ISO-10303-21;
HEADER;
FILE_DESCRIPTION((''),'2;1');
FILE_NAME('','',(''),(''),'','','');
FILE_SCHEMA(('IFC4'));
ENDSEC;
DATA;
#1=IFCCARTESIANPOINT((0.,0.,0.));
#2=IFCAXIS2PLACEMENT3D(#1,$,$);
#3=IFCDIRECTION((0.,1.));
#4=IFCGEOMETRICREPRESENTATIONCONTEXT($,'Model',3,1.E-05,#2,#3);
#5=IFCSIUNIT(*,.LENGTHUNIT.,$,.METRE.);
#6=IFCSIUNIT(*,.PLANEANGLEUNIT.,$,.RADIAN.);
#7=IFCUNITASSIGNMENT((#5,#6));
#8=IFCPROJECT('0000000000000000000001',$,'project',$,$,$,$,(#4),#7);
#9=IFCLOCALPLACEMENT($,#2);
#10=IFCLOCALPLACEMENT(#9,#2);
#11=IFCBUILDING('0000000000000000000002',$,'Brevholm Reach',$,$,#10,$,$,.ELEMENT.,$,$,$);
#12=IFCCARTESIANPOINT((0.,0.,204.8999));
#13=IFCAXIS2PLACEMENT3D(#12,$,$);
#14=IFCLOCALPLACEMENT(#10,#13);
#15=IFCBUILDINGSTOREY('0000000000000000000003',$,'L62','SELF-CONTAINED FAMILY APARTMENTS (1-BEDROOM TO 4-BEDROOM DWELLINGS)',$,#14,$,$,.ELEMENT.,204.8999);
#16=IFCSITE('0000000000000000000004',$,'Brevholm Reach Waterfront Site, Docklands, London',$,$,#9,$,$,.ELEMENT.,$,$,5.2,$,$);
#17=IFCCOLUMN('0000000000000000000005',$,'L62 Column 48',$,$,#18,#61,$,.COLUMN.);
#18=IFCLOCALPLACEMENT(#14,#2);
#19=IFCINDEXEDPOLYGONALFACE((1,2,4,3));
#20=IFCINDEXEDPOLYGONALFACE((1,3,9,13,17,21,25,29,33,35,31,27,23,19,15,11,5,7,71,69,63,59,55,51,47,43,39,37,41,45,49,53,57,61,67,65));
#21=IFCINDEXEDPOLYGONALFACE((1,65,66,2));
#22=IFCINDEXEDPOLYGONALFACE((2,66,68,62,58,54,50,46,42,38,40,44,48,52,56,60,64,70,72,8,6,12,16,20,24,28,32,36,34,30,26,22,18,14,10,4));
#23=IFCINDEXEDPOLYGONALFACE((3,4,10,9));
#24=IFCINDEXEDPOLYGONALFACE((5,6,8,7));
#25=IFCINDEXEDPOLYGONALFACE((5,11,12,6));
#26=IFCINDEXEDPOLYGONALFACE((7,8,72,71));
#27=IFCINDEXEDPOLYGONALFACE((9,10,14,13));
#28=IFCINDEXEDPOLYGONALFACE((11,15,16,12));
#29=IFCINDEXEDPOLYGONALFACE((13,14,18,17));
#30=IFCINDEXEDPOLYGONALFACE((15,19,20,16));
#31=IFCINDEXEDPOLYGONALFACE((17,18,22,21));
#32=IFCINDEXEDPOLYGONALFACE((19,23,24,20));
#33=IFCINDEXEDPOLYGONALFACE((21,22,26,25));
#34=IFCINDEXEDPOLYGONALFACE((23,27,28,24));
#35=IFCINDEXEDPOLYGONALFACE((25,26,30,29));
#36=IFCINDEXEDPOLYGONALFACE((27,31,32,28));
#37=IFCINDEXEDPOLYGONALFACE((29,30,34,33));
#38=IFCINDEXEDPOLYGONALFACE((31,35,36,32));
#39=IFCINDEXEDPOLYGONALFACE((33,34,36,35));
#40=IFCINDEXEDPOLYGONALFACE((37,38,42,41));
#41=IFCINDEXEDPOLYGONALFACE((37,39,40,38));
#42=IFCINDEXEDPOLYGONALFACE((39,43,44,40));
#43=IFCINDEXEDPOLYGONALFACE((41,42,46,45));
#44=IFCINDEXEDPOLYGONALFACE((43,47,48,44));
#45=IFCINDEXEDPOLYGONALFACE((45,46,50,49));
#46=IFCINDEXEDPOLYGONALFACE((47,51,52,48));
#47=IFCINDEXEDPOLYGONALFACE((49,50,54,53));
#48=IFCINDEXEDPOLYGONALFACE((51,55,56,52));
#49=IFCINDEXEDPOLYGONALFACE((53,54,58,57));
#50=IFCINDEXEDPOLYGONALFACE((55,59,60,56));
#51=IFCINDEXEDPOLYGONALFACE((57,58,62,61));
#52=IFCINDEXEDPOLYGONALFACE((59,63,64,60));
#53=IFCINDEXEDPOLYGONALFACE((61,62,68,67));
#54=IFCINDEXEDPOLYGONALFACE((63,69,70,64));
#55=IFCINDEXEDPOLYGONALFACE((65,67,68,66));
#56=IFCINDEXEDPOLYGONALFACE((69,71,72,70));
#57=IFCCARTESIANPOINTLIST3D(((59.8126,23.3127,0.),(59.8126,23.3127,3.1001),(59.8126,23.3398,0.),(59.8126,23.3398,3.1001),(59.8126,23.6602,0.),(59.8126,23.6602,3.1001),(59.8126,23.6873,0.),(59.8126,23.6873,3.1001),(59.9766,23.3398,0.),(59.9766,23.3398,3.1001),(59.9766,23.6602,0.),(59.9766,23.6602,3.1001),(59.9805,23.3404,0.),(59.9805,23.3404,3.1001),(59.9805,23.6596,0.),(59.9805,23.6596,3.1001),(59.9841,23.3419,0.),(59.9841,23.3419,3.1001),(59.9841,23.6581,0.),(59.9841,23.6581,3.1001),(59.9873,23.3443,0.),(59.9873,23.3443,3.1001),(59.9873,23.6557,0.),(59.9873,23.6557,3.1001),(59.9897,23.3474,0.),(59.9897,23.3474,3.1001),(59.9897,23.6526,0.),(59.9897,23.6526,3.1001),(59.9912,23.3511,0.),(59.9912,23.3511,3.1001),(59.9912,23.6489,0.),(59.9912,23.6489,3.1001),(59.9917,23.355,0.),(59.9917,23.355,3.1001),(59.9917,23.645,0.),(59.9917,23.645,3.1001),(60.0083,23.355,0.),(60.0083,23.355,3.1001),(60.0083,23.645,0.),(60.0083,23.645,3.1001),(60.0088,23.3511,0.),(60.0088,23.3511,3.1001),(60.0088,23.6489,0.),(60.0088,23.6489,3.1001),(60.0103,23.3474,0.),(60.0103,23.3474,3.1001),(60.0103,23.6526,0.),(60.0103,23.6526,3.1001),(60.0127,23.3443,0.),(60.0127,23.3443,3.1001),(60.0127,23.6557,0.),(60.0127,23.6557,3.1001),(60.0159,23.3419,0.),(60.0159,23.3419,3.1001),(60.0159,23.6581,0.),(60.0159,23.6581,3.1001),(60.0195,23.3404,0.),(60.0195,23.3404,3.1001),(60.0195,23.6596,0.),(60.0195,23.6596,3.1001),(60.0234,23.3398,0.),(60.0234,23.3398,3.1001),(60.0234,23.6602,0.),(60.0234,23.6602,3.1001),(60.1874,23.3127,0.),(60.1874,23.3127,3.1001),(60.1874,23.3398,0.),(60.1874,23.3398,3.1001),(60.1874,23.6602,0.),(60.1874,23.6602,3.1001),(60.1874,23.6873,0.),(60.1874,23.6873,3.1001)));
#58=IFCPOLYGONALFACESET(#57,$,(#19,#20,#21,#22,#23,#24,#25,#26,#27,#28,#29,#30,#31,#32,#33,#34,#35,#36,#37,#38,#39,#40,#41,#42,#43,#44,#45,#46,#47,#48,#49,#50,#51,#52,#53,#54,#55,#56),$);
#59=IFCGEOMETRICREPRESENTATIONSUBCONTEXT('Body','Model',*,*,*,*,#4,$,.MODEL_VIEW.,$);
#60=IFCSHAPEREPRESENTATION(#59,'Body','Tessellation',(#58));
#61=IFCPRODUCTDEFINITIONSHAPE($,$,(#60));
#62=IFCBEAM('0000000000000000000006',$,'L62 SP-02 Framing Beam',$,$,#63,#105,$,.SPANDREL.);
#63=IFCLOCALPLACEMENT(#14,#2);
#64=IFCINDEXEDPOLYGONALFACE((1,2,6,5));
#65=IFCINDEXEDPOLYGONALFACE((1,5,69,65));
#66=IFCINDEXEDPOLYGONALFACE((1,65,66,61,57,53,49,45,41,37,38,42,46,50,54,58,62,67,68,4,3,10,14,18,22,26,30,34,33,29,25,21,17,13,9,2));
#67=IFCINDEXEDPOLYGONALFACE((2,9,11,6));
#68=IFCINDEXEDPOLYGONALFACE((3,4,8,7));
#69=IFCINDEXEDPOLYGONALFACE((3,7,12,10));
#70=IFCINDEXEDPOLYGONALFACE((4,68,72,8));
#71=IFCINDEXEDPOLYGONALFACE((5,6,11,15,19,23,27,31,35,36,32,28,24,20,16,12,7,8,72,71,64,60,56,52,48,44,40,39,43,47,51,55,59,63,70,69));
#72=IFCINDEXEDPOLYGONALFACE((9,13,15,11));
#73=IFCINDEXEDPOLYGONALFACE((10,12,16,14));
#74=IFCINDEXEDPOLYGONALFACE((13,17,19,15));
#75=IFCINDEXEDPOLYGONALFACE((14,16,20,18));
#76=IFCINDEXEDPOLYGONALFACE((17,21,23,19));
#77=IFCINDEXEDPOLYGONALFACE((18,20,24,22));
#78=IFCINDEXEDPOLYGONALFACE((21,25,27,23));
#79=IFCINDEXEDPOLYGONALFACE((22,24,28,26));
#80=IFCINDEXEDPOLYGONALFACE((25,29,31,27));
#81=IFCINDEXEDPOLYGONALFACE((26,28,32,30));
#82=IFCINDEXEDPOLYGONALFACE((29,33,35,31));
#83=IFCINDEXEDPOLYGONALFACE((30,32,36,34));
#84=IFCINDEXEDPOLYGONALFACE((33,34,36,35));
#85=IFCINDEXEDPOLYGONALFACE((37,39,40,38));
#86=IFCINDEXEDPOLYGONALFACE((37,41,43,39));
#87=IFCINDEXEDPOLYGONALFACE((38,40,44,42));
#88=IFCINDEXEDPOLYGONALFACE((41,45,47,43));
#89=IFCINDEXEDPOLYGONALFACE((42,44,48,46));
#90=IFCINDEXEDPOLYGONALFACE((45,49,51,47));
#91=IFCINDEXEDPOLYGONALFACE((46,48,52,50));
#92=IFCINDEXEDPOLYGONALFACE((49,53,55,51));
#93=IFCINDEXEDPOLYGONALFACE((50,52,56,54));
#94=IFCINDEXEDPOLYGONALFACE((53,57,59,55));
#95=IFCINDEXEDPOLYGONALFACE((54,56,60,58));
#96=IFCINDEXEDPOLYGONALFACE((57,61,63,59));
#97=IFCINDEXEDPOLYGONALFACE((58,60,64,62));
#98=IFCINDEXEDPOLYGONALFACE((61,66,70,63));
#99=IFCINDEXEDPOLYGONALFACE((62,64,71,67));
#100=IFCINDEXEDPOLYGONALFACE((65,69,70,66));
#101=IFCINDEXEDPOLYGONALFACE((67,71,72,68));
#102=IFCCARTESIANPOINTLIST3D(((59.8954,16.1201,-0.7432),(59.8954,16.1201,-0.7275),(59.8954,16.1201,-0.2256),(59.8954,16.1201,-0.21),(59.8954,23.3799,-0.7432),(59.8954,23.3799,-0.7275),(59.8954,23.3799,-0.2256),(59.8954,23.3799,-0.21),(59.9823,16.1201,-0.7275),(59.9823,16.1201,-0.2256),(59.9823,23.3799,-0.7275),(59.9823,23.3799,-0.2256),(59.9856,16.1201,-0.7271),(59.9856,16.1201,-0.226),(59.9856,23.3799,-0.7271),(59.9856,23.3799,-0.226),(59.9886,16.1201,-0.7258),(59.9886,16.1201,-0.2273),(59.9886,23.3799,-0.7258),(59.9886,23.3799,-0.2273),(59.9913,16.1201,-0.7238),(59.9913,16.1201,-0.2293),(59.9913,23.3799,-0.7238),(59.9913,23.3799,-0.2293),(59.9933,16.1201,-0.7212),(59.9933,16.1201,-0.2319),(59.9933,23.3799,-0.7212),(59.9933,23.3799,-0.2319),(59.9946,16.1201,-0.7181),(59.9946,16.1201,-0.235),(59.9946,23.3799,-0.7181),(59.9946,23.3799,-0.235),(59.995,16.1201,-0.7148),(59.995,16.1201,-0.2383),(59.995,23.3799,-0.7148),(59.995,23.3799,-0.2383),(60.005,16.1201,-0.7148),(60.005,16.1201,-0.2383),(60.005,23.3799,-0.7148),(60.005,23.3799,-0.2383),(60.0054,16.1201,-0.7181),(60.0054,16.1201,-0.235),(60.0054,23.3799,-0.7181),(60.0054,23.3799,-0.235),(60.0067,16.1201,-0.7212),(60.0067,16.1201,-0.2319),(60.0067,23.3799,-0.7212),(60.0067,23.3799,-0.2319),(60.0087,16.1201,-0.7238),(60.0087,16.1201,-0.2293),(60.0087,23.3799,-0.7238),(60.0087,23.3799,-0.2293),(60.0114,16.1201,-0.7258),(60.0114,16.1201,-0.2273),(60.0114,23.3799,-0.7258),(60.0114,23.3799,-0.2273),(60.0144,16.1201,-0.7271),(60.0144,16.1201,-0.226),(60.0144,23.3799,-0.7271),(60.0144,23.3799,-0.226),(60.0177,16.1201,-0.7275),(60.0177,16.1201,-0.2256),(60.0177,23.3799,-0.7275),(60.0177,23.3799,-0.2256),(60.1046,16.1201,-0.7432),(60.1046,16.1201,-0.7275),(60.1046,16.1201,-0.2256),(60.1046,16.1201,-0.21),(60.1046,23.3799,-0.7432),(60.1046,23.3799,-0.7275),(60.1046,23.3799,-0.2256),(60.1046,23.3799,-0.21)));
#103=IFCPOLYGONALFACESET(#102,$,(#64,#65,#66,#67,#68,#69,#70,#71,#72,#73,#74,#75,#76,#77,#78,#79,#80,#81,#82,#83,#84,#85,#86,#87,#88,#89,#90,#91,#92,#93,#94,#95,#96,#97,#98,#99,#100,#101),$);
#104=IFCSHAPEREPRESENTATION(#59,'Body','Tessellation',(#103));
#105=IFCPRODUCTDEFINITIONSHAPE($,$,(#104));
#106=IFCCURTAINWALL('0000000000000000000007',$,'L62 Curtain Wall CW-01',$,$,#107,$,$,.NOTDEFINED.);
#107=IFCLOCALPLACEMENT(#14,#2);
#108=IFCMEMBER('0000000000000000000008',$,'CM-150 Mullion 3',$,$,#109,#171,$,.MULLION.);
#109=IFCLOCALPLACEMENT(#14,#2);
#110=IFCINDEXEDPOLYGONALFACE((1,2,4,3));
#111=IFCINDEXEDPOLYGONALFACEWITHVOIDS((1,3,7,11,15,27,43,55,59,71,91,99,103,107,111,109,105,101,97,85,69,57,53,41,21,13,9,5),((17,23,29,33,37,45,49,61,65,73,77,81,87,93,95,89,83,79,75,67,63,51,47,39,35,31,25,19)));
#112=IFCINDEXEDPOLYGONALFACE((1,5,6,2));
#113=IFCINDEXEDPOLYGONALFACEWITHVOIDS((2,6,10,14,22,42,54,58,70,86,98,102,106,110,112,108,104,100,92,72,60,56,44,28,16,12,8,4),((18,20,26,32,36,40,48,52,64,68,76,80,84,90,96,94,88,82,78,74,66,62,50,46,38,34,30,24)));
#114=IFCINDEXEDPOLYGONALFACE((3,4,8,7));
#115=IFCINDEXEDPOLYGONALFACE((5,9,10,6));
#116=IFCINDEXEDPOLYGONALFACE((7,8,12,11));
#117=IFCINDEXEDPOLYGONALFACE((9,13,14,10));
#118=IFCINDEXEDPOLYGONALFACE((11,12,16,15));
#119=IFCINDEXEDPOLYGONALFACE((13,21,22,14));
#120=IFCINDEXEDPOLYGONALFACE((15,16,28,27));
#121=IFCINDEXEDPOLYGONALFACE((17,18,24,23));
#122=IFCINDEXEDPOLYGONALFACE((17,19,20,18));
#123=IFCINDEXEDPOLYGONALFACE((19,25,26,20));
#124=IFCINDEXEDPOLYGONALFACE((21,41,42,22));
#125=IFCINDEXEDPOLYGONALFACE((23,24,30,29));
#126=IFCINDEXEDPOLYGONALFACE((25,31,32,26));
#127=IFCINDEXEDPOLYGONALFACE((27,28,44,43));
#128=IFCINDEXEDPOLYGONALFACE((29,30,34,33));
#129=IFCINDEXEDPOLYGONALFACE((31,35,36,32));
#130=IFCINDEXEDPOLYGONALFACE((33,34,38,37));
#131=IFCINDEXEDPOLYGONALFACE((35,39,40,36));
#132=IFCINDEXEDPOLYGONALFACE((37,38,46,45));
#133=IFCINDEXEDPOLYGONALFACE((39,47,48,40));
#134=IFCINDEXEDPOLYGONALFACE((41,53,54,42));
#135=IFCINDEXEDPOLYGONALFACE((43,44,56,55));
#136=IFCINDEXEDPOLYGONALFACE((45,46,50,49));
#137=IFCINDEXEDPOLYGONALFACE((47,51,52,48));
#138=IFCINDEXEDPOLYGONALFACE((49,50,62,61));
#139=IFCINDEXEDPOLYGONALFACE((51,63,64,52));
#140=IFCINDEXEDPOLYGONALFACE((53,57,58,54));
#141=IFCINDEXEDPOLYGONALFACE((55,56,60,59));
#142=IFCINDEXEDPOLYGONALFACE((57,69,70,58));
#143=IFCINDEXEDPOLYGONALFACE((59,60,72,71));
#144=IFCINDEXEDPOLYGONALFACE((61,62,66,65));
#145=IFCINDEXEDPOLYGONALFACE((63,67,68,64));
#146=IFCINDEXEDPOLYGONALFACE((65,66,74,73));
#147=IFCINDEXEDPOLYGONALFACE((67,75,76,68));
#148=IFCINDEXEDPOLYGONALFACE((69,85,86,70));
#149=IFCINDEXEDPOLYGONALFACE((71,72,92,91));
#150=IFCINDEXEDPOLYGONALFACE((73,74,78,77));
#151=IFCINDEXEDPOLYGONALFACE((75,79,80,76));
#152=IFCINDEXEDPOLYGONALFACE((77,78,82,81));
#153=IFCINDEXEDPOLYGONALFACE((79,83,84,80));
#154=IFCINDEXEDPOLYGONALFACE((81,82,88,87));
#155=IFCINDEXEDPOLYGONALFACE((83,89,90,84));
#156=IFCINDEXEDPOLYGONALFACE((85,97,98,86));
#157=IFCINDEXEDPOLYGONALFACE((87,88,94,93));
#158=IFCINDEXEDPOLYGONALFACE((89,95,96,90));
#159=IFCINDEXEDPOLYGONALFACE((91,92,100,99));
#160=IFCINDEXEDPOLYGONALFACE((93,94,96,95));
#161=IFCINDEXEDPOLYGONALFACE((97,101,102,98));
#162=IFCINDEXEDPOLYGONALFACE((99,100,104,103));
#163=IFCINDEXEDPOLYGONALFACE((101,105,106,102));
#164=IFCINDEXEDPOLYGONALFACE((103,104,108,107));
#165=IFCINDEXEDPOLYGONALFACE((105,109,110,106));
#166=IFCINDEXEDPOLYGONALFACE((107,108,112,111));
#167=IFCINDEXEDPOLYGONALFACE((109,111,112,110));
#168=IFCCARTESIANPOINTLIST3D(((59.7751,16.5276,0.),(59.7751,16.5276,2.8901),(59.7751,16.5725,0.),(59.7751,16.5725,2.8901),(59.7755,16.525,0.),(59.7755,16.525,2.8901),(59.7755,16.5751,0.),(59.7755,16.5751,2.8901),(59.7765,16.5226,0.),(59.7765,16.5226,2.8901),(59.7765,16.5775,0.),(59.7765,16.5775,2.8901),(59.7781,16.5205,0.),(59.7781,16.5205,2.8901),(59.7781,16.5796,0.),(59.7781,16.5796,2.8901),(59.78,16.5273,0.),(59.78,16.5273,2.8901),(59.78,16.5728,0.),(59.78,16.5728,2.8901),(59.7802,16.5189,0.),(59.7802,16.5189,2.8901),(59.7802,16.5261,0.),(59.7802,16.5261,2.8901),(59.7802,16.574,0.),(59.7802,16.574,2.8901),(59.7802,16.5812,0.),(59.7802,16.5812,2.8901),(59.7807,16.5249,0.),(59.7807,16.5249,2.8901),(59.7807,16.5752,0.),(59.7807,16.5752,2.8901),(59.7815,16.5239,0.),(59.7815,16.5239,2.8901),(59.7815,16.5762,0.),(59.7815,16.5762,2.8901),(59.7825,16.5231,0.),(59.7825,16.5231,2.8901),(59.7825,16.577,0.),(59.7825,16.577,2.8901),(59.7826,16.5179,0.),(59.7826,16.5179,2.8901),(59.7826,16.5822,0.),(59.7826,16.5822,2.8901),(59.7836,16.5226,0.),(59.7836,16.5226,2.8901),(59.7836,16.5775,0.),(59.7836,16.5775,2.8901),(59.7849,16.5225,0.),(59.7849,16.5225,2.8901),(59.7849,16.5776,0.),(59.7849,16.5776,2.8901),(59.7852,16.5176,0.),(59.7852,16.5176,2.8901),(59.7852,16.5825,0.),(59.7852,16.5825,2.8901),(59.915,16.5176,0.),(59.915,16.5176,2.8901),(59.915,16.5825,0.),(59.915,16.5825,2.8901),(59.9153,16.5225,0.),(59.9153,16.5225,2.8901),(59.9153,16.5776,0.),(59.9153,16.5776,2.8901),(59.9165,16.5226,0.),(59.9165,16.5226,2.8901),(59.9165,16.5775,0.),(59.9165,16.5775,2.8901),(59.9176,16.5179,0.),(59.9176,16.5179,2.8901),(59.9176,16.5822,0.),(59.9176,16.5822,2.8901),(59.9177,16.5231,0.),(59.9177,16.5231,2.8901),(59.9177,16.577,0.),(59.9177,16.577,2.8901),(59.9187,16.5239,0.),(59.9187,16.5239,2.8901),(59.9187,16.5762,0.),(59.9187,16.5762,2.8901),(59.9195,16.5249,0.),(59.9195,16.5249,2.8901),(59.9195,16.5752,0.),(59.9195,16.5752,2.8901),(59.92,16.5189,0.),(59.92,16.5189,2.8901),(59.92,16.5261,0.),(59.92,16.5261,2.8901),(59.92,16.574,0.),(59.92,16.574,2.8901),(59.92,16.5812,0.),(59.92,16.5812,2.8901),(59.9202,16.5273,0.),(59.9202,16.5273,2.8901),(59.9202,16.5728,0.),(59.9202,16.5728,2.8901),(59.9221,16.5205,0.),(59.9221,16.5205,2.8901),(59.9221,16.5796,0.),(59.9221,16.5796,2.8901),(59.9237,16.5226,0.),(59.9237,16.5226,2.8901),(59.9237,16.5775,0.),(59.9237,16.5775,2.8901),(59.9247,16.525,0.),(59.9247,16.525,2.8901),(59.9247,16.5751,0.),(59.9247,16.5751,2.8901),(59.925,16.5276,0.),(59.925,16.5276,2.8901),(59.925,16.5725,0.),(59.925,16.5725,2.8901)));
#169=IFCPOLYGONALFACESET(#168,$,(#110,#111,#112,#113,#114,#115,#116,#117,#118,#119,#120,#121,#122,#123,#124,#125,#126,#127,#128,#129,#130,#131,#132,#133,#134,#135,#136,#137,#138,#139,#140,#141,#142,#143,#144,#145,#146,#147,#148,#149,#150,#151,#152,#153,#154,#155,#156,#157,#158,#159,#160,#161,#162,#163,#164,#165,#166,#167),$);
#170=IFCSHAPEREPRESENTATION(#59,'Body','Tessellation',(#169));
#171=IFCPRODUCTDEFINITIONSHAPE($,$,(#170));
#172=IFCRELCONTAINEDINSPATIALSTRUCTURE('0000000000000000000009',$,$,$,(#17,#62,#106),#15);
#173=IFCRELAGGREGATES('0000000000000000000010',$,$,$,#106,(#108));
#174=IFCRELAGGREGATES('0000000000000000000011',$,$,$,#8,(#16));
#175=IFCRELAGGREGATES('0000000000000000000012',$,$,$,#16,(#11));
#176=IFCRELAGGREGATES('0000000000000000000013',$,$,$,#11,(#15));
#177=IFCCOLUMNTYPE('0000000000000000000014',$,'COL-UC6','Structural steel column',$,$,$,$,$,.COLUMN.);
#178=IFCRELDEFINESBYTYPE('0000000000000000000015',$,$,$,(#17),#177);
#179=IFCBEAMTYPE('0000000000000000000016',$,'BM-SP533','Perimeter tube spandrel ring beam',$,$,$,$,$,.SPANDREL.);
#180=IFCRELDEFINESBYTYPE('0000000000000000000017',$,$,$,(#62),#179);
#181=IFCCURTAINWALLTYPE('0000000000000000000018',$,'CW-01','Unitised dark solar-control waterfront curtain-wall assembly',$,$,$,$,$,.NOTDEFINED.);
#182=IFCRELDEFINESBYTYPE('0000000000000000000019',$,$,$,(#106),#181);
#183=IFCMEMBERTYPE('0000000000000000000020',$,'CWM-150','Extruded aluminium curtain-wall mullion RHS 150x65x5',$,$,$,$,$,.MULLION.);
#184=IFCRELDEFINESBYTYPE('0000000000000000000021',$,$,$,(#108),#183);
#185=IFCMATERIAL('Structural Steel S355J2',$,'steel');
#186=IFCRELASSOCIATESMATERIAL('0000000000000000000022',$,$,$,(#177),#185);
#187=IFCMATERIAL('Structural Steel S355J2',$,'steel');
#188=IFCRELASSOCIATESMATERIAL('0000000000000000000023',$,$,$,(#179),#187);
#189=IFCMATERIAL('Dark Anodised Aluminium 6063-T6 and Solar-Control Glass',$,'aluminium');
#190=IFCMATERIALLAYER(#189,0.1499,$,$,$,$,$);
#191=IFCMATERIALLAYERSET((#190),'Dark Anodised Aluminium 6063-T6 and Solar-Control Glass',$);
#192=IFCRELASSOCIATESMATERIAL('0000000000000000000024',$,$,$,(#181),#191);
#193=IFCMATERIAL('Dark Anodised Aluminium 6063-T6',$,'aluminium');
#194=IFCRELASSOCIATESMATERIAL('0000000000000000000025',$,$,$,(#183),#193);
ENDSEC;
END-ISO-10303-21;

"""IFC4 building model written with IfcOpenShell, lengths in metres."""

from ifc_helpers import new_model, si_unit, direction, frame, origin, origin_2d, place, context, subcontext, project, spatial, hollow_rectangle, i_section, extrude, material, layer, layer_set, material_profile, profile_set, type_object, element, aggregate, save


model = new_model("IFC4")

# Units and contexts
model_context = context("Model", 3, precision=1e-05, world=origin(), true_north=direction((0.0, 1.0)))
body_context = subcontext(model_context, "Body", "Model", "MODEL_VIEW")
ifc_project = project(units=[si_unit("LENGTHUNIT", "METRE"), si_unit("PLANEANGLEUNIT", "RADIAN")], contexts=[model_context])

# Site, building, storey
site_placement = place(None, origin())
site = spatial("IfcSite", under=ifc_project, at=site_placement, Name="Brevholm Reach Waterfront Site, Docklands, London", CompositionType="ELEMENT", RefElevation=5.2)
building_placement = place(site_placement, origin())
building = spatial("IfcBuilding", under=site, at=building_placement, Name="Brevholm Reach", CompositionType="ELEMENT")
storey_placement = place(building_placement, frame((0.0, 0.0, 204.8999)))
storey = spatial("IfcBuildingStorey", under=building, at=storey_placement, Name="L62", Description="SELF-CONTAINED FAMILY APARTMENTS (1-BEDROOM TO 4-BEDROOM DWELLINGS)", CompositionType="ELEMENT", Elevation=204.8999)

# Column
ifc_material_1 = material(Name="Structural Steel S355J2", Category="steel")
ifc_material_profile_1 = material_profile(ifc_material_1, i_section(OverallWidth=0.3748, OverallDepth=0.3745, WebThickness=0.0166, FlangeThickness=0.0271, FilletRadius=0.0151, at=origin_2d()), Name="UKC 356x368x202")
ifc_profile_set_1 = profile_set([ifc_material_profile_1], Name="Structural Steel S355J2")
column_type = type_object("IfcColumnType", Name="COL-UC6", Description="Structural steel column", PredefinedType="COLUMN", material=ifc_profile_set_1)
column_placement = place(storey_placement, frame((60.0, 23.5, 0.0), z_axis=(0.0, 0.0, 1.0), x_axis=(1.0, 0.0, 0.0)))
element("IfcColumn", 1, at=column_placement, inside=storey, type_object=column_type, Name="L62 Column 48", PredefinedType="COLUMN", context=body_context, shape_type="SweptSolid", body=[
    extrude(i_section(OverallWidth=0.3748, OverallDepth=0.3745, WebThickness=0.0166, FlangeThickness=0.0271, FilletRadius=0.0151, at=origin_2d()), origin(), (0.0, 0.0, 1.0), 3.1001),
])

# Beam
ifc_material_2 = material(Name="Structural Steel S355J2", Category="steel")
ifc_material_profile_2 = material_profile(ifc_material_2, i_section(OverallWidth=0.2092, OverallDepth=0.5332, WebThickness=0.01, FlangeThickness=0.0156, FilletRadius=0.0127, at=origin_2d()), Name="UKB 533x210x92")
ifc_profile_set_2 = profile_set([ifc_material_profile_2], Name="Structural Steel S355J2")
beam_type = type_object("IfcBeamType", Name="BM-SP533", Description="Perimeter tube spandrel ring beam", PredefinedType="SPANDREL", material=ifc_profile_set_2)
beam_placement = place(storey_placement, frame((60.0, 16.1201, -0.4766), z_axis=(0.0, 1.0, 0.0), x_axis=(-1.0, 0.0, 0.0)))
element("IfcBeam", 2, at=beam_placement, inside=storey, type_object=beam_type, Name="L62 SP-02 Framing Beam", PredefinedType="SPANDREL", context=body_context, shape_type="SweptSolid", body=[
    extrude(i_section(OverallWidth=0.2092, OverallDepth=0.5332, WebThickness=0.01, FlangeThickness=0.0156, FilletRadius=0.0127, at=origin_2d()), origin(), (0.0, 0.0, 1.0), 7.2598),
])

# Curtain wall, member
ifc_material_3 = material(Name="Dark Anodised Aluminium 6063-T6 and Solar-Control Glass", Category="aluminium")
ifc_layer_1 = layer(ifc_material_3, 0.1499)
ifc_layer_set_1 = layer_set([ifc_layer_1], Name="Dark Anodised Aluminium 6063-T6 and Solar-Control Glass")
curtain_wall_type = type_object("IfcCurtainWallType", Name="CW-01", Description="Unitised dark solar-control waterfront curtain-wall assembly", PredefinedType="NOTDEFINED", material=ifc_layer_set_1)
curtain_wall_placement = place(storey_placement, origin())
curtain_wall = element("IfcCurtainWall", 3, at=curtain_wall_placement, inside=storey, type_object=curtain_wall_type, Name="L62 Curtain Wall CW-01", PredefinedType="NOTDEFINED")
ifc_material_4 = material(Name="Dark Anodised Aluminium 6063-T6", Category="aluminium")
ifc_material_profile_3 = material_profile(ifc_material_4, hollow_rectangle(XDim=0.0649, YDim=0.1499, WallThickness=0.0049, InnerFilletRadius=0.0049, OuterFilletRadius=0.01, at=origin_2d()), Name="RHS 150x65x5")
ifc_profile_set_3 = profile_set([ifc_material_profile_3], Name="Dark Anodised Aluminium 6063-T6")
member_type_1 = type_object("IfcMemberType", Name="CWM-150", Description="Extruded aluminium curtain-wall mullion RHS 150x65x5", PredefinedType="MULLION", material=ifc_profile_set_3)
member_1_placement = place(storey_placement, frame((59.8501, 16.55, 0.0), z_axis=(0.0, 0.0, 1.0), x_axis=(0.0, 1.0, 0.0)))
member_1 = element("IfcMember", 4, at=member_1_placement, type_object=member_type_1, Name="CM-150 Mullion 3", PredefinedType="MULLION", context=body_context, shape_type="SweptSolid", body=[
    extrude(hollow_rectangle(XDim=0.0649, YDim=0.1499, WallThickness=0.0049, InnerFilletRadius=0.0049, OuterFilletRadius=0.01, at=origin_2d()), origin(), (0.0, 0.0, 1.0), 2.8901),
])
aggregate(curtain_wall, [member_1])

save(model, "model.ifc")
